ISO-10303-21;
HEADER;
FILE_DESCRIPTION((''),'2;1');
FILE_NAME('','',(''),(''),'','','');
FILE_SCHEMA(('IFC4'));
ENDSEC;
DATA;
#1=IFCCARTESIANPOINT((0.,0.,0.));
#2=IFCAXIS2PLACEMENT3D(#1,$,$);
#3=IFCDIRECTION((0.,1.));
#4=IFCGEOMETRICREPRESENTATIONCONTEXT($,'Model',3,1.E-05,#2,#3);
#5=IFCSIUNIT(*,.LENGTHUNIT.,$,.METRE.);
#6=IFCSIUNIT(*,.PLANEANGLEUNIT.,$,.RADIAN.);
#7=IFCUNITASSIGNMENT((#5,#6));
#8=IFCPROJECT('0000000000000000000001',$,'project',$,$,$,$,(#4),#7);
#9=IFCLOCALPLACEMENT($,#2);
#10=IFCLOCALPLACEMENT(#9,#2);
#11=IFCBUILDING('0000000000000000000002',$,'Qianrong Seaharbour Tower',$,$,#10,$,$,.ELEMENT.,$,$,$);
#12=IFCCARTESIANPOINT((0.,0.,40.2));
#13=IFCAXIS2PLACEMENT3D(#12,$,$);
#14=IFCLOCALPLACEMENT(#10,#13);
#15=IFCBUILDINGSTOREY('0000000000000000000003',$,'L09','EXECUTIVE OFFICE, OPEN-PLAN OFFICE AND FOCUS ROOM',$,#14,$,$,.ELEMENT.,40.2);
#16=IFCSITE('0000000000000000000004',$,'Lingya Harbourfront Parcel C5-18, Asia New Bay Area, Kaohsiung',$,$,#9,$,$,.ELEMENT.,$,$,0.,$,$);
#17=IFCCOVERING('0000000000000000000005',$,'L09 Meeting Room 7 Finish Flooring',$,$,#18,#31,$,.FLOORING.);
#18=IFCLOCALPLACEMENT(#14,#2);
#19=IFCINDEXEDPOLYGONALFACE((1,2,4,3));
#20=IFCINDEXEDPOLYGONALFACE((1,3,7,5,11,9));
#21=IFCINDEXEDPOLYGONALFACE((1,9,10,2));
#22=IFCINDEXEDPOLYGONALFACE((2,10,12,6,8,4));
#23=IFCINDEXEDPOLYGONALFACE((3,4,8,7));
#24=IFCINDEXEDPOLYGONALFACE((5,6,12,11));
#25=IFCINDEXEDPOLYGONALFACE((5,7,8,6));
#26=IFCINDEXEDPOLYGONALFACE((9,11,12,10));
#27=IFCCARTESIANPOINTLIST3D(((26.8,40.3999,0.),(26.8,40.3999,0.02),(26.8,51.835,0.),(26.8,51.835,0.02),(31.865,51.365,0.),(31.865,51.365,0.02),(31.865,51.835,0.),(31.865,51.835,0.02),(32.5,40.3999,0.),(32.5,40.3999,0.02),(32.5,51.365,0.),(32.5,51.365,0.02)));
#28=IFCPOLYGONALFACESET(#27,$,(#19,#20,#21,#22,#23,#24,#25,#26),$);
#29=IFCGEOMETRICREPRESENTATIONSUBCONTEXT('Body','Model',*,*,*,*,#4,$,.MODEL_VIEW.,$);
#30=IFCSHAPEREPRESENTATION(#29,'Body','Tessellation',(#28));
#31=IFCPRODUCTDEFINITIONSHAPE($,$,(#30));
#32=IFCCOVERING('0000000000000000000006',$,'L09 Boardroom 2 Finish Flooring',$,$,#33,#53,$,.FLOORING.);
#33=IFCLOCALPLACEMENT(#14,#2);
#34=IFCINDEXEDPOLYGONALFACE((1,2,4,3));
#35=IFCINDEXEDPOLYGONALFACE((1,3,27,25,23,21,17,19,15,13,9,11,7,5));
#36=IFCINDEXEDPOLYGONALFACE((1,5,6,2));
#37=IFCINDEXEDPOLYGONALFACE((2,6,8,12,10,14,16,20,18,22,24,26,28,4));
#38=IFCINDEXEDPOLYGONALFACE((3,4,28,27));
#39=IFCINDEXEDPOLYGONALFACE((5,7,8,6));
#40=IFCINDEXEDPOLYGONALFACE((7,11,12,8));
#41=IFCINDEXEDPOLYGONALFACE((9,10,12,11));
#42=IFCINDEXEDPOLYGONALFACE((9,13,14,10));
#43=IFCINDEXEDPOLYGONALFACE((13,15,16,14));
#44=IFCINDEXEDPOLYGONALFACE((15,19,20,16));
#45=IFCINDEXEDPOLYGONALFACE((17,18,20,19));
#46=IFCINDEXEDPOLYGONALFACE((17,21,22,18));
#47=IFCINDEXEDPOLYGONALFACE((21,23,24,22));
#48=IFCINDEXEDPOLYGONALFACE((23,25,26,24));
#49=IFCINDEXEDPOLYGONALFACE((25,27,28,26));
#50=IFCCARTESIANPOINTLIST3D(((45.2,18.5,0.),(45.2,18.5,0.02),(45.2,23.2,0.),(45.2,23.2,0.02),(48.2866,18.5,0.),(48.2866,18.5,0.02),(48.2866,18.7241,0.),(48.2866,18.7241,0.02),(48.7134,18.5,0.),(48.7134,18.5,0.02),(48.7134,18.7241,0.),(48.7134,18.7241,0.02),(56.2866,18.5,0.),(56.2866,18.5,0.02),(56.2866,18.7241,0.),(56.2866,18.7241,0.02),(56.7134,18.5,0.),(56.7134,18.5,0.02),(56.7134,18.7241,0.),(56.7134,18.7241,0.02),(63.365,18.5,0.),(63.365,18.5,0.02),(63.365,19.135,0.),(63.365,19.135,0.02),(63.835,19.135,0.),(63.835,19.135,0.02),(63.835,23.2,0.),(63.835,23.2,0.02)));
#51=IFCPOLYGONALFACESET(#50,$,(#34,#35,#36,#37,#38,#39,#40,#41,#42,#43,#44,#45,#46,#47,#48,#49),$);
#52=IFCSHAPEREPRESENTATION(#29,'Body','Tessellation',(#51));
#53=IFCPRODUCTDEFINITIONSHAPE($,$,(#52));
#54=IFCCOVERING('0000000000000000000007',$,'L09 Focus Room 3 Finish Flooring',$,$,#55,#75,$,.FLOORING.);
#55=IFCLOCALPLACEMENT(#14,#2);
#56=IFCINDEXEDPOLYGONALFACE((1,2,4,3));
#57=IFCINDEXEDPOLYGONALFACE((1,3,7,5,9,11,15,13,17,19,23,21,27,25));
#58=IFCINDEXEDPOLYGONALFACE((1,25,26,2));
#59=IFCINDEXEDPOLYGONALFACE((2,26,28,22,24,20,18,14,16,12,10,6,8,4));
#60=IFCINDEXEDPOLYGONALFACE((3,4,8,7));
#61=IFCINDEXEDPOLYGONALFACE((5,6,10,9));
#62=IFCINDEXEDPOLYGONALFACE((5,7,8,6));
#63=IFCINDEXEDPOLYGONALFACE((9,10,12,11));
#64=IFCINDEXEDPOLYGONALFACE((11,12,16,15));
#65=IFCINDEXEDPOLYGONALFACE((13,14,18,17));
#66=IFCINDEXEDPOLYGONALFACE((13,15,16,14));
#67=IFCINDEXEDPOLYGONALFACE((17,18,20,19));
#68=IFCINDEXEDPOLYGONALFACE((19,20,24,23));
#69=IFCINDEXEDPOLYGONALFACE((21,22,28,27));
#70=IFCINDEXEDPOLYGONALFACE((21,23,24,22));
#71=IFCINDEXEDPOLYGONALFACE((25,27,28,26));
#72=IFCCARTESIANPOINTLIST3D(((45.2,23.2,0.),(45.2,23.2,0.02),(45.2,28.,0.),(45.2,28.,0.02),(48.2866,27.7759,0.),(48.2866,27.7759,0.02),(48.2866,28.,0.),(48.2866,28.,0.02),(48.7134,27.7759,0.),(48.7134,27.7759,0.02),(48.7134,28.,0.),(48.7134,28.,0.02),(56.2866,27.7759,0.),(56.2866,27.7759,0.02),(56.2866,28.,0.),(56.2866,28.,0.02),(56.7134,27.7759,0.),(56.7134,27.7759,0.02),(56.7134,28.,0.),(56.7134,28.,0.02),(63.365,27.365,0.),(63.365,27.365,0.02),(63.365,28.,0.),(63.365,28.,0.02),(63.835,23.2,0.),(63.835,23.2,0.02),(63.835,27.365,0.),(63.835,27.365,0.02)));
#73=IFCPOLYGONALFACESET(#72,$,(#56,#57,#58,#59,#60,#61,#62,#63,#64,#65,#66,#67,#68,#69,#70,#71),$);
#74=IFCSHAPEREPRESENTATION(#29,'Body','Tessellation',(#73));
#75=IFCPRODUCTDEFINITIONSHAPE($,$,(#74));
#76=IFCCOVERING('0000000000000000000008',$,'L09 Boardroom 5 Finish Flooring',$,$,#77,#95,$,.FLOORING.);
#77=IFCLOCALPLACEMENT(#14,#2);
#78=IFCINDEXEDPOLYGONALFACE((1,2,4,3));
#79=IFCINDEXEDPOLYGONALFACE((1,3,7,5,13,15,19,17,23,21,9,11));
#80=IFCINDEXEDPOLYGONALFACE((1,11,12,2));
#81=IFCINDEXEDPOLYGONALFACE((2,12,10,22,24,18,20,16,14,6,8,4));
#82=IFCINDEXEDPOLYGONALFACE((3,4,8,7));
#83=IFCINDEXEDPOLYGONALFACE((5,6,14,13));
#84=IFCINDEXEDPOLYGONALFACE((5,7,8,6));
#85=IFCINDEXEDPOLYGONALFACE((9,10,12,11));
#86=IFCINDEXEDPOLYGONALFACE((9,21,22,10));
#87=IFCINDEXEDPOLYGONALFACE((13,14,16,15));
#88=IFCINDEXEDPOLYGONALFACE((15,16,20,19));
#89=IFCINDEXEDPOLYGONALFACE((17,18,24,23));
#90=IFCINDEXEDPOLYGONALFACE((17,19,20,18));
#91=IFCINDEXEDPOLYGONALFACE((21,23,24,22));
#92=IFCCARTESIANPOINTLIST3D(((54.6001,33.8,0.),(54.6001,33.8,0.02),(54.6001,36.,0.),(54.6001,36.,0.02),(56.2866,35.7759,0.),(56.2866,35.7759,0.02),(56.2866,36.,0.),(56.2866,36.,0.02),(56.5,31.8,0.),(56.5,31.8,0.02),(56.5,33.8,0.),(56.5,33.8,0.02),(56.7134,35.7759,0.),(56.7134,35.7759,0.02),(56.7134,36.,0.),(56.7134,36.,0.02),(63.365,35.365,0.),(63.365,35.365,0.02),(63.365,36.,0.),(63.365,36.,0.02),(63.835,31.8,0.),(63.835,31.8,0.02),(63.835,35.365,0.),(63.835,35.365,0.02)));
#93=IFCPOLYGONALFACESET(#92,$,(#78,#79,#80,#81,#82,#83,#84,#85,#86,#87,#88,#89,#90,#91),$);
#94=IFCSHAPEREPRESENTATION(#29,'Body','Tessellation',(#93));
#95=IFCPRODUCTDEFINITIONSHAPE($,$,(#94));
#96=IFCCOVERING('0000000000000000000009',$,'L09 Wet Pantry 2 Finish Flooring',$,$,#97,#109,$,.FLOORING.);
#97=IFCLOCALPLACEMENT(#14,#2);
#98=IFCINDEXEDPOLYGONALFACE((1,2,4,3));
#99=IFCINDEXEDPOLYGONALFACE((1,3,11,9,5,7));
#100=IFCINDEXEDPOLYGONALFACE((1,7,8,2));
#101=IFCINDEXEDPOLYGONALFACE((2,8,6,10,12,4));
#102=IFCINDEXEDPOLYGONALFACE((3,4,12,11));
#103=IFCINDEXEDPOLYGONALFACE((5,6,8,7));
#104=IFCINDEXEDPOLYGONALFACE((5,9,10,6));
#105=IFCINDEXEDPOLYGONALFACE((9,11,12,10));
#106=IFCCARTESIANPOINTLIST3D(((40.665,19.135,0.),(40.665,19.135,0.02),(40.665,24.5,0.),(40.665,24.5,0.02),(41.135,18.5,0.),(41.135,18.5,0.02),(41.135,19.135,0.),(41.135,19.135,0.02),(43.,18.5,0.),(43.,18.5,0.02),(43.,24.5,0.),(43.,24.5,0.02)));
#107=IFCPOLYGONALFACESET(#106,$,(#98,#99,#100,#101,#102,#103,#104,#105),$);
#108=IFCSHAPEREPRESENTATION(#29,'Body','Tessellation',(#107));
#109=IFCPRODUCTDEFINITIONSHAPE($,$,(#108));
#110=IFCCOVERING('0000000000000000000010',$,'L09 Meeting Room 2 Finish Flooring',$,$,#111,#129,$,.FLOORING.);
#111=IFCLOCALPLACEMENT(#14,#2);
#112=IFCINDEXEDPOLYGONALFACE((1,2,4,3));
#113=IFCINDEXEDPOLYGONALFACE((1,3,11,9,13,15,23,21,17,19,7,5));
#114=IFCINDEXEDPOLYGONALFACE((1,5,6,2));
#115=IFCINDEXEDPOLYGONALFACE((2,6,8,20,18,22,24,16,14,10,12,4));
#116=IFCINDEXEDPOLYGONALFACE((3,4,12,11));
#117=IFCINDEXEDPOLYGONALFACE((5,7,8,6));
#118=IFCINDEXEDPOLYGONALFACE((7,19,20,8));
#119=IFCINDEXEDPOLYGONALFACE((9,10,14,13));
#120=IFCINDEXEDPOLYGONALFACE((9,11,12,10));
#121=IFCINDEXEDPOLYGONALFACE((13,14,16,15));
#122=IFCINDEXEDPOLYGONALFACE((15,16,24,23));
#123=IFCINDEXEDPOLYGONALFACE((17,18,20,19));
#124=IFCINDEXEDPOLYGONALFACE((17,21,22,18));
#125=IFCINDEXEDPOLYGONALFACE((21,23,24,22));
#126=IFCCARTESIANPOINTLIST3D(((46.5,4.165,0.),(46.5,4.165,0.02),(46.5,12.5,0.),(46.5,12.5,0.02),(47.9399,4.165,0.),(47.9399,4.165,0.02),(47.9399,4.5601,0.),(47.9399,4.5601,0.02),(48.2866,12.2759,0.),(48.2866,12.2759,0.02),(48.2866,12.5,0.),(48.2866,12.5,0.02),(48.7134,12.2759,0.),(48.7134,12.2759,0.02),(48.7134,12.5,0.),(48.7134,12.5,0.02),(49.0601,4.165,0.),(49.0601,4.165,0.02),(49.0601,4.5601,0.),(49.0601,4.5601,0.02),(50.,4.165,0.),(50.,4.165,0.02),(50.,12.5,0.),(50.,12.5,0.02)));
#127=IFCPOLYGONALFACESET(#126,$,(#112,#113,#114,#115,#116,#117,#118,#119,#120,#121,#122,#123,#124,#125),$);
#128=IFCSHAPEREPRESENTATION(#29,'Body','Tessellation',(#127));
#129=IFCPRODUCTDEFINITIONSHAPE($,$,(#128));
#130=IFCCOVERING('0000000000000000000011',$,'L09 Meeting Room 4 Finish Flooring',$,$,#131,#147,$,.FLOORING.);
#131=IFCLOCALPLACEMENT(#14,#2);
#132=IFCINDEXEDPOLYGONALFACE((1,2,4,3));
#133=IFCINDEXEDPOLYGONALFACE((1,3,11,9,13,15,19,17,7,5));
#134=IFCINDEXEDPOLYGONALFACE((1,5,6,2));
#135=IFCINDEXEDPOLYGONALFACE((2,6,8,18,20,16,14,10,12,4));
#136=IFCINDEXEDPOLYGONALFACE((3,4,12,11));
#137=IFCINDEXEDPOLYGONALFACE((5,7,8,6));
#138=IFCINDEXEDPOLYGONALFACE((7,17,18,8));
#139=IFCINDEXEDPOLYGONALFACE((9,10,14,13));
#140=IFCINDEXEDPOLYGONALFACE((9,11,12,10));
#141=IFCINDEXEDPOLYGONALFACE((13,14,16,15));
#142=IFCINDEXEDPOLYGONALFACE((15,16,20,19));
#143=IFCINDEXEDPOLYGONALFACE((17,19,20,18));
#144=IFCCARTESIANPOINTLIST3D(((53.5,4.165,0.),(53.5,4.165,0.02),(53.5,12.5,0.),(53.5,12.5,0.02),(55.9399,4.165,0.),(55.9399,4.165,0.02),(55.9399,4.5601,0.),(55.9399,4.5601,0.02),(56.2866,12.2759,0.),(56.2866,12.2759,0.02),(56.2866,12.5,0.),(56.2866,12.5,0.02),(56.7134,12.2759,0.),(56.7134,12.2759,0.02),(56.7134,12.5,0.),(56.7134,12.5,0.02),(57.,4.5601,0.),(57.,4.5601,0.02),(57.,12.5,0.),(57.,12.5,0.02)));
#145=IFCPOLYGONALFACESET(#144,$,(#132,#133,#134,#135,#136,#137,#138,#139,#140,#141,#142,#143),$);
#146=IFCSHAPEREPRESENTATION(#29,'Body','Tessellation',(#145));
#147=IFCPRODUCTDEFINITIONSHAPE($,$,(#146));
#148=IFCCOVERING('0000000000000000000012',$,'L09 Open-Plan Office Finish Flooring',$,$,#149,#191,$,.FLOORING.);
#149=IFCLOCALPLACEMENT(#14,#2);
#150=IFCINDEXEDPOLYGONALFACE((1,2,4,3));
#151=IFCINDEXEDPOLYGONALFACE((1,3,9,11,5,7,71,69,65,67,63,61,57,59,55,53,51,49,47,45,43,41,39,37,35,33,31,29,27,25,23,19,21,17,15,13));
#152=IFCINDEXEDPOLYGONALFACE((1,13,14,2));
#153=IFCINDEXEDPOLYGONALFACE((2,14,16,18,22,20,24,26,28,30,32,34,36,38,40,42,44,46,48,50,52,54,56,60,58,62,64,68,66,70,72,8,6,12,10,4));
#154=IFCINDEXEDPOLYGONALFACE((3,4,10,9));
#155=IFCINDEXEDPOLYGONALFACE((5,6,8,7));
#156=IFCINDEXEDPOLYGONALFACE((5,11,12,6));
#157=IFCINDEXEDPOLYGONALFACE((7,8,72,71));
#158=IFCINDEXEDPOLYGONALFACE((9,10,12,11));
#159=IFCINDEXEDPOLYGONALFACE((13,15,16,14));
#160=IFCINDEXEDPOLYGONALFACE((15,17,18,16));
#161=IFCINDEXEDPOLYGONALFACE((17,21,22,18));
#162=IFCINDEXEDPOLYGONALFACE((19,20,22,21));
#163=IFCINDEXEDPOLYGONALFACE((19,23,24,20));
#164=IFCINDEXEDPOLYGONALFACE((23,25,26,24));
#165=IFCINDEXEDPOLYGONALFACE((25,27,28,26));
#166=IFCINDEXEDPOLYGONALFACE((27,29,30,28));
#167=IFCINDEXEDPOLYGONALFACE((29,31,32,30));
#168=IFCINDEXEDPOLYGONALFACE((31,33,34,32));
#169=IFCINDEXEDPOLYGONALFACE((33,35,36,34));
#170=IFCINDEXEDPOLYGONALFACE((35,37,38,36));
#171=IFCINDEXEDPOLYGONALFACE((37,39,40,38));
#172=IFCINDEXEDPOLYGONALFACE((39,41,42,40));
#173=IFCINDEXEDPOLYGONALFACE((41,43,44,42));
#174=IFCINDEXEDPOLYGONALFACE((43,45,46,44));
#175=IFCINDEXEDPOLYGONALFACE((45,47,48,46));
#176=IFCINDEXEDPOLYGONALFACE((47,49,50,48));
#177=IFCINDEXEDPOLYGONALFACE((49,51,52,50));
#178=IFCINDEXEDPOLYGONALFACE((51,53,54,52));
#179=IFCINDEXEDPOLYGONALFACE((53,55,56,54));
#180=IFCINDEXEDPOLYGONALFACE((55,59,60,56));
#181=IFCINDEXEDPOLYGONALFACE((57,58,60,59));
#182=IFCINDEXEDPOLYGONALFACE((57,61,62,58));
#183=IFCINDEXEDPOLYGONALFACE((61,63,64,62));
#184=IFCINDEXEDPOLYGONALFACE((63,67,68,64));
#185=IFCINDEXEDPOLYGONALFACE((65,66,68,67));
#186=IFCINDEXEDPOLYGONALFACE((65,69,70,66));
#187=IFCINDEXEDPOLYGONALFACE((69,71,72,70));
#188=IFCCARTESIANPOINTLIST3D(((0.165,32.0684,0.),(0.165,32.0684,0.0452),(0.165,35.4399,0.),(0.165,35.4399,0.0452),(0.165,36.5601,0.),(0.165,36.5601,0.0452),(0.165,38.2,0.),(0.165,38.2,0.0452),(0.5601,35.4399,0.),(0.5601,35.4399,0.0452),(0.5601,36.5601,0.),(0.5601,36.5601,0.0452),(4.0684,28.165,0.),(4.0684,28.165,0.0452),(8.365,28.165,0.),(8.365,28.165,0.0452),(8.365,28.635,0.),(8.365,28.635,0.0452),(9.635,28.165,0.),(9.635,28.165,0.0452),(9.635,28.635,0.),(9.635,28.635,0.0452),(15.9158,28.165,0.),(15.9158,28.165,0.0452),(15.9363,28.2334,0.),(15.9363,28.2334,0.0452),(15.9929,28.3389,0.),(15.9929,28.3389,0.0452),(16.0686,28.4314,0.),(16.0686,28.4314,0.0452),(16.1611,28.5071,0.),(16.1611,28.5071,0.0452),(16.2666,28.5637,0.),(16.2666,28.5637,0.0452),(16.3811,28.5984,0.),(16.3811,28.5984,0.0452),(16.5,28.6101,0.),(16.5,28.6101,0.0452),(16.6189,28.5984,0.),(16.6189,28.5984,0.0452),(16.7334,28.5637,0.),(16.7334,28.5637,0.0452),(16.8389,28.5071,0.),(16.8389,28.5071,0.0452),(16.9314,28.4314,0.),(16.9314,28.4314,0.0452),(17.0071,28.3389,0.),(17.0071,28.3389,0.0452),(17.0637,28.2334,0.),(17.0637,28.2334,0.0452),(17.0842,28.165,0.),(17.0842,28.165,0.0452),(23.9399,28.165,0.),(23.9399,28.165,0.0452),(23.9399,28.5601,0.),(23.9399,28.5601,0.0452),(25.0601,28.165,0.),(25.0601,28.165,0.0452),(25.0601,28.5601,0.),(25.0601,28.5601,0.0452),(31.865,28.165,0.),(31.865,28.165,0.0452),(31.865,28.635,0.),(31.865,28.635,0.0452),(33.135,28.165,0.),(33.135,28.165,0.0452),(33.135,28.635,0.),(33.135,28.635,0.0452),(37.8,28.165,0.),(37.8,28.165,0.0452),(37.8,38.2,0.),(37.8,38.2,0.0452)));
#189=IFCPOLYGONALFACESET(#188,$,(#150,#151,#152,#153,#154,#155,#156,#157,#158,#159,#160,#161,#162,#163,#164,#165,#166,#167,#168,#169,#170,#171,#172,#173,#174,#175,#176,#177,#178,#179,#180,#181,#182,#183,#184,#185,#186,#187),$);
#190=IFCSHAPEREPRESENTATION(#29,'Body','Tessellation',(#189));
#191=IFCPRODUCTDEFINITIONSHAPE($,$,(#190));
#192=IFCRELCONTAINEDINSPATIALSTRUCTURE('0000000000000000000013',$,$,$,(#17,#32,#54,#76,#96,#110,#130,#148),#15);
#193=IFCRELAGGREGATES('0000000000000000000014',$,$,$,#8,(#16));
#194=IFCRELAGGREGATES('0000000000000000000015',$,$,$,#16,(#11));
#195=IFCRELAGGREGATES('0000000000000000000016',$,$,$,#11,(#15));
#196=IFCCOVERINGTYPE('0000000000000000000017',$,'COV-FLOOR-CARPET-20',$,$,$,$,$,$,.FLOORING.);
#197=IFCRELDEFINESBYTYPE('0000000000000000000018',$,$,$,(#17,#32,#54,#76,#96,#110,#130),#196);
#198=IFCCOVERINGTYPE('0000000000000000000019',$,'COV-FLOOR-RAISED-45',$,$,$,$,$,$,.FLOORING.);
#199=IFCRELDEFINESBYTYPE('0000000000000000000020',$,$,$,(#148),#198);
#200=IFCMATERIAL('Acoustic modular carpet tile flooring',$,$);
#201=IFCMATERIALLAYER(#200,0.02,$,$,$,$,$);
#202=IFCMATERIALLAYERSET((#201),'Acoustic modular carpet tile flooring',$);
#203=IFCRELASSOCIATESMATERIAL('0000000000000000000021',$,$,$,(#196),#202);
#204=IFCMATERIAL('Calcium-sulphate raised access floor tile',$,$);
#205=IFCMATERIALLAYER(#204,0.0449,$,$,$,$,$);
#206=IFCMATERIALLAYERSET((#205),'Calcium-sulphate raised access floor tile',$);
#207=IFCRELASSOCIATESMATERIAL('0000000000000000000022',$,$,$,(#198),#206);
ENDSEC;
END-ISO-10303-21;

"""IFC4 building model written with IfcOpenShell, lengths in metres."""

from ifc_helpers import new_model, si_unit, direction, frame, origin, place, context, subcontext, project, spatial, polyline, outline, extrude, material, layer, layer_set, type_object, element, save


model = new_model("IFC4")

# Units and contexts
model_context = context("Model", 3, precision=1e-05, world=origin(), true_north=direction((0.0, 1.0)))
body_context = subcontext(model_context, "Body", "Model", "MODEL_VIEW")
ifc_project = project(units=[si_unit("LENGTHUNIT", "METRE"), si_unit("PLANEANGLEUNIT", "RADIAN")], contexts=[model_context])

# Site, building, storey
site_placement = place(None, origin())
site = spatial("IfcSite", under=ifc_project, at=site_placement, Name="Lingya Harbourfront Parcel C5-18, Asia New Bay Area, Kaohsiung", CompositionType="ELEMENT", RefElevation=0.0)
building_placement = place(site_placement, origin())
building = spatial("IfcBuilding", under=site, at=building_placement, Name="Qianrong Seaharbour Tower", CompositionType="ELEMENT")
storey_placement = place(building_placement, frame((0.0, 0.0, 40.2)))
storey = spatial("IfcBuildingStorey", under=building, at=storey_placement, Name="L09", Description="EXECUTIVE OFFICE, OPEN-PLAN OFFICE AND FOCUS ROOM", CompositionType="ELEMENT", Elevation=40.2)

# Coverings
ifc_material_1 = material(Name="Acoustic modular carpet tile flooring")
ifc_layer_1 = layer(ifc_material_1, 0.02)
ifc_layer_set_1 = layer_set([ifc_layer_1], Name="Acoustic modular carpet tile flooring")
covering_type_1 = type_object("IfcCoveringType", Name="COV-FLOOR-CARPET-20", PredefinedType="FLOORING", material=ifc_layer_set_1)
covering_1_placement = place(storey_placement, origin())
element("IfcCovering", 1, at=covering_1_placement, inside=storey, type_object=covering_type_1, Name="L09 Meeting Room 7 Finish Flooring", PredefinedType="FLOORING", context=body_context, shape_type="SweptSolid", body=[
    extrude(outline(polyline([(26.8, 51.835), (31.865, 51.835), (31.865, 51.365), (32.5, 51.365), (32.5, 40.3999), (26.8, 40.3999), (26.8, 51.835)])), origin(), (0.0, 0.0, 1.0), 0.02),
])
covering_2_placement = place(storey_placement, origin())
element("IfcCovering", 2, at=covering_2_placement, inside=storey, type_object=covering_type_1, Name="L09 Boardroom 2 Finish Flooring", PredefinedType="FLOORING", context=body_context, shape_type="SweptSolid", body=[
    extrude(outline(polyline([(63.835, 23.2), (63.835, 19.135), (63.365, 19.135), (63.365, 18.5), (56.7134, 18.5), (56.7134, 18.7241), (56.2866, 18.7241), (56.2866, 18.5), (48.7134, 18.5), (48.7134, 18.7241), (48.2866, 18.7241), (48.2866, 18.5), (45.2, 18.5), (45.2, 23.2), (63.835, 23.2)])), origin(), (0.0, 0.0, 1.0), 0.02),
])
covering_3_placement = place(storey_placement, origin())
element("IfcCovering", 3, at=covering_3_placement, inside=storey, type_object=covering_type_1, Name="L09 Focus Room 3 Finish Flooring", PredefinedType="FLOORING", context=body_context, shape_type="SweptSolid", body=[
    extrude(outline(polyline([(48.2866, 28.0), (48.2866, 27.7759), (48.7134, 27.7759), (48.7134, 28.0), (56.2866, 28.0), (56.2866, 27.7759), (56.7134, 27.7759), (56.7134, 28.0), (63.365, 28.0), (63.365, 27.365), (63.835, 27.365), (63.835, 23.2), (45.2, 23.2), (45.2, 28.0), (48.2866, 28.0)])), origin(), (0.0, 0.0, 1.0), 0.02),
])
covering_4_placement = place(storey_placement, origin())
element("IfcCovering", 4, at=covering_4_placement, inside=storey, type_object=covering_type_1, Name="L09 Boardroom 5 Finish Flooring", PredefinedType="FLOORING", context=body_context, shape_type="SweptSolid", body=[
    extrude(outline(polyline([(63.835, 31.8), (56.5, 31.8), (56.5, 33.8), (54.6001, 33.8), (54.6001, 36.0), (56.2866, 36.0), (56.2866, 35.7759), (56.7134, 35.7759), (56.7134, 36.0), (63.365, 36.0), (63.365, 35.365), (63.835, 35.365), (63.835, 31.8)])), origin(), (0.0, 0.0, 1.0), 0.02),
])
covering_5_placement = place(storey_placement, origin())
element("IfcCovering", 5, at=covering_5_placement, inside=storey, type_object=covering_type_1, Name="L09 Wet Pantry 2 Finish Flooring", PredefinedType="FLOORING", context=body_context, shape_type="SweptSolid", body=[
    extrude(outline(polyline([(41.135, 18.5), (41.135, 19.135), (40.665, 19.135), (40.665, 24.5), (43.0, 24.5), (43.0, 18.5), (41.135, 18.5)])), origin(), (0.0, 0.0, 1.0), 0.02),
])
covering_6_placement = place(storey_placement, origin())
element("IfcCovering", 6, at=covering_6_placement, inside=storey, type_object=covering_type_1, Name="L09 Meeting Room 2 Finish Flooring", PredefinedType="FLOORING", context=body_context, shape_type="SweptSolid", body=[
    extrude(outline(polyline([(50.0, 4.165), (49.0601, 4.165), (49.0601, 4.5601), (47.9399, 4.5601), (47.9399, 4.165), (46.5, 4.165), (46.5, 12.5), (48.2866, 12.5), (48.2866, 12.2759), (48.7134, 12.2759), (48.7134, 12.5), (50.0, 12.5), (50.0, 4.165)])), origin(), (0.0, 0.0, 1.0), 0.02),
])
covering_7_placement = place(storey_placement, origin())
element("IfcCovering", 7, at=covering_7_placement, inside=storey, type_object=covering_type_1, Name="L09 Meeting Room 4 Finish Flooring", PredefinedType="FLOORING", context=body_context, shape_type="SweptSolid", body=[
    extrude(outline(polyline([(57.0, 4.5601), (55.9399, 4.5601), (55.9399, 4.165), (53.5, 4.165), (53.5, 12.5), (56.2866, 12.5), (56.2866, 12.2759), (56.7134, 12.2759), (56.7134, 12.5), (57.0, 12.5), (57.0, 4.5601)])), origin(), (0.0, 0.0, 1.0), 0.02),
])
ifc_material_2 = material(Name="Calcium-sulphate raised access floor tile")
ifc_layer_2 = layer(ifc_material_2, 0.0449)
ifc_layer_set_2 = layer_set([ifc_layer_2], Name="Calcium-sulphate raised access floor tile")
covering_type_2 = type_object("IfcCoveringType", Name="COV-FLOOR-RAISED-45", PredefinedType="FLOORING", material=ifc_layer_set_2)
covering_8_placement = place(storey_placement, origin())
element("IfcCovering", 8, at=covering_8_placement, inside=storey, type_object=covering_type_2, Name="L09 Open-Plan Office Finish Flooring", PredefinedType="FLOORING", context=body_context, shape_type="SweptSolid", body=[
    extrude(outline(polyline([(33.135, 28.165), (33.135, 28.635), (31.865, 28.635), (31.865, 28.165), (25.0601, 28.165), (25.0601, 28.5601), (23.9399, 28.5601), (23.9399, 28.165), (17.0842, 28.165), (17.0637, 28.2334), (17.0071, 28.3389), (16.9314, 28.4314), (16.8389, 28.5071), (16.7334, 28.5637), (16.6189, 28.5984), (16.5, 28.6101), (16.3811, 28.5984), (16.2666, 28.5637), (16.1611, 28.5071), (16.0686, 28.4314), (15.9929, 28.3389), (15.9363, 28.2334), (15.9158, 28.165), (9.635, 28.165), (9.635, 28.635), (8.365, 28.635), (8.365, 28.165), (4.0684, 28.165), (0.165, 32.0684), (0.165, 35.4399), (0.5601, 35.4399), (0.5601, 36.5601), (0.165, 36.5601), (0.165, 38.2), (37.8, 38.2), (37.8, 28.165), (33.135, 28.165)])), origin(), (0.0, 0.0, 1.0), 0.0452),
])

save(model, "model.ifc")
